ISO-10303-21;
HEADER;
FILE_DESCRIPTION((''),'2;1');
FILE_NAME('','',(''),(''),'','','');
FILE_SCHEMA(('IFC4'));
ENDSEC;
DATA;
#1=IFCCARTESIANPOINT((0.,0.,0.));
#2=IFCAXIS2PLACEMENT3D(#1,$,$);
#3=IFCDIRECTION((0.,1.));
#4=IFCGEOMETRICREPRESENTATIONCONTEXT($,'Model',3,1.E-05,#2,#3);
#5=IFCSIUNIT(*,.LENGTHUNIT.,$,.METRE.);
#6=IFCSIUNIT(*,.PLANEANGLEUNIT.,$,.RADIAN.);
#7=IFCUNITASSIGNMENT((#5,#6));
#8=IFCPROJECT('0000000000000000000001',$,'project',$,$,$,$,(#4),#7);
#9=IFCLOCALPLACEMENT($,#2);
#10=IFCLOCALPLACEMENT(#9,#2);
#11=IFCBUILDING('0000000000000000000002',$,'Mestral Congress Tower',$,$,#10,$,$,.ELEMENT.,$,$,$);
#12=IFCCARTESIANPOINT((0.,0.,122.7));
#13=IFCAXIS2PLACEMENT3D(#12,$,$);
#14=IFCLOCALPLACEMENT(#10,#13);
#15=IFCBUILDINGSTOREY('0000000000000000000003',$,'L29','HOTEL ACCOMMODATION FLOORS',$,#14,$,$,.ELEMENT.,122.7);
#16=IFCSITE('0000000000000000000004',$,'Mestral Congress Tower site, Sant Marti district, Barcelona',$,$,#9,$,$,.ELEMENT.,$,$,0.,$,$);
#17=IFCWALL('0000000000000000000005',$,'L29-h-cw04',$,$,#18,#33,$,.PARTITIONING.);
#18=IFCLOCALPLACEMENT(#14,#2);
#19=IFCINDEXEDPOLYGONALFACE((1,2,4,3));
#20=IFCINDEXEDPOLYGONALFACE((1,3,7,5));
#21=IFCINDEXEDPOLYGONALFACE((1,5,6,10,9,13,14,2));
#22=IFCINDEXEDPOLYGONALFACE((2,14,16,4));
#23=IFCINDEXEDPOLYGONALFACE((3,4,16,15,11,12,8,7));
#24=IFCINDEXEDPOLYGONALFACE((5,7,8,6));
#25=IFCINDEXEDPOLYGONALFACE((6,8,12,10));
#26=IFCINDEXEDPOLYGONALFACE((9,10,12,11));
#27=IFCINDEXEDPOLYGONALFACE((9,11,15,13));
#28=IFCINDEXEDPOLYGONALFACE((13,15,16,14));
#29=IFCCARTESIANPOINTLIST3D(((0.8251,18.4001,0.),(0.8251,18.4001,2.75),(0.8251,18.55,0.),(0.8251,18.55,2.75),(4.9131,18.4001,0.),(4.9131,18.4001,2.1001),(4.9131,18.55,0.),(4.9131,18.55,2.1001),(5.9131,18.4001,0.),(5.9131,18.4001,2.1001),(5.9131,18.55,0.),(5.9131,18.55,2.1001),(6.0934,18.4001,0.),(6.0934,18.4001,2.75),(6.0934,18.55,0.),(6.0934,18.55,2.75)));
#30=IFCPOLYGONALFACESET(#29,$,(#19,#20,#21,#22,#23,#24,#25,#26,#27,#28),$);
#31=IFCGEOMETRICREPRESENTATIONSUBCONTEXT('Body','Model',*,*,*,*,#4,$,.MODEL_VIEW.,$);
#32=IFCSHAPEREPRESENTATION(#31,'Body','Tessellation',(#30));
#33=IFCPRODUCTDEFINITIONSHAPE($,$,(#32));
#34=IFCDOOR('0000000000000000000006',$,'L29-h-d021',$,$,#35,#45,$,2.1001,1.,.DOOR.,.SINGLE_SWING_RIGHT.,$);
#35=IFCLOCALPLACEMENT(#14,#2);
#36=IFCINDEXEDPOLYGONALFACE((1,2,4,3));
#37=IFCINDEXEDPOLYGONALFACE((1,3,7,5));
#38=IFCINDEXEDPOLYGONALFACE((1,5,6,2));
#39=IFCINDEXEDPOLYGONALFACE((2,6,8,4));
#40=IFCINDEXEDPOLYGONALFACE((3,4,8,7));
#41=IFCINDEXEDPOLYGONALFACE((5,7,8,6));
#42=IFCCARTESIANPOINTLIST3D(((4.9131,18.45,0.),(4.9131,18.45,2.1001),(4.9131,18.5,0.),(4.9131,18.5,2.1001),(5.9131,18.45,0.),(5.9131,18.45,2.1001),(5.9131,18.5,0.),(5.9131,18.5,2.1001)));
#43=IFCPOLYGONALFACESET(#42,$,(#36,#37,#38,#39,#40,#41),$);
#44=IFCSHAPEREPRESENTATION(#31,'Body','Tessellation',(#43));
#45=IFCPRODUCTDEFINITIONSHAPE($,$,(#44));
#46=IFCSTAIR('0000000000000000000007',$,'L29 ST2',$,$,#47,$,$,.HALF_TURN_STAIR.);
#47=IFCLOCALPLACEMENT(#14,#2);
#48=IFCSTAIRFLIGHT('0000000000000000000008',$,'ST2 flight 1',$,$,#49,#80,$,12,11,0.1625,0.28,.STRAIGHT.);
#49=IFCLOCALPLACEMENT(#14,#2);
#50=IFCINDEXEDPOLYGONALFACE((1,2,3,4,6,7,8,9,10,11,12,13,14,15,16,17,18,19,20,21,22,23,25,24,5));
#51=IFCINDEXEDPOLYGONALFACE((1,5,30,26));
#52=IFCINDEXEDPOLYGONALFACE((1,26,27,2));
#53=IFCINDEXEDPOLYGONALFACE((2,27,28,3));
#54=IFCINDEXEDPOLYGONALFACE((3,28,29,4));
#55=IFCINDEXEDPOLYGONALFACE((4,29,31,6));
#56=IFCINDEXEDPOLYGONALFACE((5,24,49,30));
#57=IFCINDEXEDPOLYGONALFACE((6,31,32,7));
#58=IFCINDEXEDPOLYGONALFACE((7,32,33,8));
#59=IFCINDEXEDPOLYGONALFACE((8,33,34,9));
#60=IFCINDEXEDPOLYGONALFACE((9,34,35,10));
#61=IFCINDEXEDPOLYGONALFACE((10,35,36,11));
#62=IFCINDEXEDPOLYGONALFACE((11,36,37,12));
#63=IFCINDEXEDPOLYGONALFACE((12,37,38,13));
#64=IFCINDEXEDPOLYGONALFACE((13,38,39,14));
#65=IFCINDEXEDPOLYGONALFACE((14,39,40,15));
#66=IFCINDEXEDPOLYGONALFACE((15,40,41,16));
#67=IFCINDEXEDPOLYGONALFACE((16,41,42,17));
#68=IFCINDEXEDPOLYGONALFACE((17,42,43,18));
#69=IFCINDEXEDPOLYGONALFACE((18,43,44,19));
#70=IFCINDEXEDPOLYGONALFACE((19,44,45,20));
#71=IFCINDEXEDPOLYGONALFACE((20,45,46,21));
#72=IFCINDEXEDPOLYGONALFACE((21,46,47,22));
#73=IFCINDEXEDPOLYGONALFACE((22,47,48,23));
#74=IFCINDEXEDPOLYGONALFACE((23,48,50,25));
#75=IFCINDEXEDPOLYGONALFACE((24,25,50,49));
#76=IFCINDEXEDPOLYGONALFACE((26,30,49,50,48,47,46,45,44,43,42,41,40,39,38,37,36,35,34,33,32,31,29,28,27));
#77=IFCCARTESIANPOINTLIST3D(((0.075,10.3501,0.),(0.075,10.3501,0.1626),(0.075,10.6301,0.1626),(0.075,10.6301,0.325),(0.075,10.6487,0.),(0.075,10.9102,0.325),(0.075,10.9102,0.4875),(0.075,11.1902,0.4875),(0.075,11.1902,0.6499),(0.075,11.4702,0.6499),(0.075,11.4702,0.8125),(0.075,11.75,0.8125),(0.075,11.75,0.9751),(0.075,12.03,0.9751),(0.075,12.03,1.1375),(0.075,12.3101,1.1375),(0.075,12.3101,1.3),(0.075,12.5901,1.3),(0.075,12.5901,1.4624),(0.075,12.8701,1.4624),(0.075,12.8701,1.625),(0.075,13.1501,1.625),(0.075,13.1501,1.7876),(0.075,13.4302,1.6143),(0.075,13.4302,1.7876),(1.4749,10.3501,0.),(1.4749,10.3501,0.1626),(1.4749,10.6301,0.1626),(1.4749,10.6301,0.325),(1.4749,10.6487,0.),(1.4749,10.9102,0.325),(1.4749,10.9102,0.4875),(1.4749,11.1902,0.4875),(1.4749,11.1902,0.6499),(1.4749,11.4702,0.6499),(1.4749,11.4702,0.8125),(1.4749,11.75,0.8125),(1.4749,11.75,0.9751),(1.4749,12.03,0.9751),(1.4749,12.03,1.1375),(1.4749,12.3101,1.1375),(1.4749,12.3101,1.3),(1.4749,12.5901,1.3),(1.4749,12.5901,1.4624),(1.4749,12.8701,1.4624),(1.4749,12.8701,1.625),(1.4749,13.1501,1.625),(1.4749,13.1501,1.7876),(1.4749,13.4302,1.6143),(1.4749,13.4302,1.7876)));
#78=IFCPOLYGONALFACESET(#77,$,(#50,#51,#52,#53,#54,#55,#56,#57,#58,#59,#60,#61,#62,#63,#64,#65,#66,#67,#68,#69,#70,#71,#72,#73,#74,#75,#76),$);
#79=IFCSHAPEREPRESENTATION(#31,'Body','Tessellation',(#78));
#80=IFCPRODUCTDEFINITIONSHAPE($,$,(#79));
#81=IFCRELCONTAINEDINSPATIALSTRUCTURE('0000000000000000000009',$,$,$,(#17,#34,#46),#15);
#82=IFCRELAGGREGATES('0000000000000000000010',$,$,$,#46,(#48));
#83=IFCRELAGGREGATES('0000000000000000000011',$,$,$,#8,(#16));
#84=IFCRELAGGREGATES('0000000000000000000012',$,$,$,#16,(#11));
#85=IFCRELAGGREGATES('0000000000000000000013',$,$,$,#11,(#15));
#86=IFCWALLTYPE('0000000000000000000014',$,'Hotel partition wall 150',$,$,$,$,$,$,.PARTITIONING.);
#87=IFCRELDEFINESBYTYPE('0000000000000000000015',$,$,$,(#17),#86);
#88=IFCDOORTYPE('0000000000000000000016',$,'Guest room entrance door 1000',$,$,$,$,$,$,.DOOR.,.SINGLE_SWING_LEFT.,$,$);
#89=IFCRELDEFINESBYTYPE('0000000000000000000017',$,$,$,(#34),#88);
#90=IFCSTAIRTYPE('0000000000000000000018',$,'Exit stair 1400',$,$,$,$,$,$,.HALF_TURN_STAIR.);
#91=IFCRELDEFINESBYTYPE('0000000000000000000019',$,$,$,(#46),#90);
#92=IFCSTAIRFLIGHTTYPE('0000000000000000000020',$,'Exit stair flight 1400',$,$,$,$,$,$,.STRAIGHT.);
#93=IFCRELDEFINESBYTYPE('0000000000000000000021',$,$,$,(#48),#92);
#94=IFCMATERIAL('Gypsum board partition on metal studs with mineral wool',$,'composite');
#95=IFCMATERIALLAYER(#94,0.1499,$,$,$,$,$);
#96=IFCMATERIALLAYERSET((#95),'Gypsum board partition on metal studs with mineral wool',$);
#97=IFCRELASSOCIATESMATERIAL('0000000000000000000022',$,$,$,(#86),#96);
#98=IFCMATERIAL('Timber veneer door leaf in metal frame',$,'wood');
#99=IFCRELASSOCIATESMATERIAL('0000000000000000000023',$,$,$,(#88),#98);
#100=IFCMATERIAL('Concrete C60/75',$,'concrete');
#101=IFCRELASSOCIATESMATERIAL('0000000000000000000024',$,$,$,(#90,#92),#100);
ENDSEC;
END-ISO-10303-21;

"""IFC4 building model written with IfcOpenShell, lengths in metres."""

from ifc_helpers import new_model, si_unit, direction, frame, frame_2d, origin, place, context, subcontext, project, spatial, polyline, rectangle, outline, extrude, material, layer, layer_set, type_object, element, fill, aggregate, save


model = new_model("IFC4")

# Units and contexts
model_context = context("Model", 3, precision=1e-05, world=origin(), true_north=direction((0.0, 1.0)))
body_context = subcontext(model_context, "Body", "Model", "MODEL_VIEW")
ifc_project = project(units=[si_unit("LENGTHUNIT", "METRE"), si_unit("PLANEANGLEUNIT", "RADIAN")], contexts=[model_context])

# Site, building, storey
site_placement = place(None, origin())
site = spatial("IfcSite", under=ifc_project, at=site_placement, Name="Mestral Congress Tower site, Sant Marti district, Barcelona", CompositionType="ELEMENT", RefElevation=0.0)
building_placement = place(site_placement, origin())
building = spatial("IfcBuilding", under=site, at=building_placement, Name="Mestral Congress Tower", CompositionType="ELEMENT")
storey_placement = place(building_placement, frame((0.0, 0.0, 122.7)))
storey = spatial("IfcBuildingStorey", under=building, at=storey_placement, Name="L29", Description="HOTEL ACCOMMODATION FLOORS", CompositionType="ELEMENT", Elevation=122.7)

# Shared definitions
ifc_material_1 = material(Name="Concrete C60/75", Category="concrete")

# Shared definitions
ifc_material_2 = material(Name="Gypsum board partition on metal studs with mineral wool", Category="composite")
ifc_layer_1 = layer(ifc_material_2, 0.1499)
ifc_layer_set_1 = layer_set([ifc_layer_1], Name="Gypsum board partition on metal studs with mineral wool")
wall_type_1 = type_object("IfcWallType", Name="Hotel partition wall 150", PredefinedType="PARTITIONING", material=ifc_layer_set_1)
ifc_material_3 = material(Name="Timber veneer door leaf in metal frame", Category="wood")
door_type_1 = type_object("IfcDoorType", Name="Guest room entrance door 1000", OperationType="SINGLE_SWING_LEFT", PredefinedType="DOOR", material=ifc_material_3)

# Wall, opening, door
wall_1_placement = place(storey_placement, frame((0.825, 18.4751, 0.0), z_axis=(0.0, 0.0, 1.0), x_axis=(1.0, 0.0, 0.0)))
wall_1 = element("IfcWall", 1, at=wall_1_placement, inside=storey, type_object=wall_type_1, Name="L29-h-cw04", PredefinedType="PARTITIONING", context=body_context, shape_type="SweptSolid", body=[
    extrude(rectangle(XDim=5.2683, YDim=0.1499, at=frame_2d((2.6343, 0.0))), origin(), (0.0, 0.0, 1.0), 2.75),
])
opening_1_placement = place(wall_1_placement, frame((4.0881, 0.0, 0.0)))
opening_1 = element("IfcOpeningElement", 2, at=opening_1_placement, cuts=wall_1, PredefinedType="OPENING", context=body_context, shape_type="SweptSolid", body=[
    extrude(rectangle(XDim=1.0, YDim=2.1001, at=frame_2d((0.5, 1.05))), frame((0.0, 0.085, 0.0), z_axis=(0.0, -1.0, 0.0), x_axis=(1.0, 0.0, 0.0)), (0.0, 0.0, 1.0), 0.1699),
])
door_1_placement = place(opening_1_placement, origin())
door_1 = element("IfcDoor", 3, at=door_1_placement, inside=storey, type_object=door_type_1, Name="L29-h-d021", OperationType="SINGLE_SWING_RIGHT", OverallHeight=2.1001, OverallWidth=1.0, PredefinedType="DOOR", context=body_context, shape_type="SweptSolid", body=[
    extrude(rectangle(XDim=1.0, YDim=2.1001, at=frame_2d((0.5, 1.05))), frame((0.0, 0.0249, 0.0), z_axis=(0.0, -1.0, 0.0), x_axis=(1.0, 0.0, 0.0)), (0.0, 0.0, 1.0), 0.05),
])
fill(opening_1, door_1)

# Stair, stair flight
stair_type = type_object("IfcStairType", Name="Exit stair 1400", PredefinedType="HALF_TURN_STAIR", material=ifc_material_1)
stair_placement = place(storey_placement, origin())
stair = element("IfcStair", 4, at=stair_placement, inside=storey, type_object=stair_type, Name="L29 ST2", PredefinedType="HALF_TURN_STAIR")
stair_flight_type = type_object("IfcStairFlightType", Name="Exit stair flight 1400", PredefinedType="STRAIGHT", material=ifc_material_1)
stair_flight_placement = place(storey_placement, frame((0.7749, 10.3501, 0.0), z_axis=(0.0, 0.0, 1.0), x_axis=(0.0, 1.0, 0.0)))
stair_flight = element("IfcStairFlight", 5, at=stair_flight_placement, type_object=stair_flight_type, Name="ST2 flight 1", NumberOfRisers=12, NumberOfTreads=11, PredefinedType="STRAIGHT", RiserHeight=0.1625, TreadLength=0.28, context=body_context, shape_type="SweptSolid", body=[
    extrude(outline(polyline([(0.0, 0.0), (0.0, 0.1626), (0.28, 0.1626), (0.28, 0.325), (0.5601, 0.325), (0.5601, 0.4875), (0.8401, 0.4875), (0.8401, 0.6499), (1.1201, 0.6499), (1.1201, 0.8125), (1.3999, 0.8125), (1.3999, 0.9751), (1.6799, 0.9751), (1.6799, 1.1375), (1.96, 1.1375), (1.96, 1.3), (2.24, 1.3), (2.24, 1.4624), (2.52, 1.4624), (2.52, 1.625), (2.8, 1.625), (2.8, 1.7876), (3.0801, 1.7876), (3.0801, 1.95), (3.0801, 1.6143), (0.2986, 0.0), (0.0, 0.0)])), frame((0.0, 0.7, 0.0), z_axis=(0.0, -1.0, 0.0), x_axis=(1.0, 0.0, 0.0)), (0.0, 0.0, 1.0), 1.3999),
])
aggregate(stair, [stair_flight])

save(model, "model.ifc")
